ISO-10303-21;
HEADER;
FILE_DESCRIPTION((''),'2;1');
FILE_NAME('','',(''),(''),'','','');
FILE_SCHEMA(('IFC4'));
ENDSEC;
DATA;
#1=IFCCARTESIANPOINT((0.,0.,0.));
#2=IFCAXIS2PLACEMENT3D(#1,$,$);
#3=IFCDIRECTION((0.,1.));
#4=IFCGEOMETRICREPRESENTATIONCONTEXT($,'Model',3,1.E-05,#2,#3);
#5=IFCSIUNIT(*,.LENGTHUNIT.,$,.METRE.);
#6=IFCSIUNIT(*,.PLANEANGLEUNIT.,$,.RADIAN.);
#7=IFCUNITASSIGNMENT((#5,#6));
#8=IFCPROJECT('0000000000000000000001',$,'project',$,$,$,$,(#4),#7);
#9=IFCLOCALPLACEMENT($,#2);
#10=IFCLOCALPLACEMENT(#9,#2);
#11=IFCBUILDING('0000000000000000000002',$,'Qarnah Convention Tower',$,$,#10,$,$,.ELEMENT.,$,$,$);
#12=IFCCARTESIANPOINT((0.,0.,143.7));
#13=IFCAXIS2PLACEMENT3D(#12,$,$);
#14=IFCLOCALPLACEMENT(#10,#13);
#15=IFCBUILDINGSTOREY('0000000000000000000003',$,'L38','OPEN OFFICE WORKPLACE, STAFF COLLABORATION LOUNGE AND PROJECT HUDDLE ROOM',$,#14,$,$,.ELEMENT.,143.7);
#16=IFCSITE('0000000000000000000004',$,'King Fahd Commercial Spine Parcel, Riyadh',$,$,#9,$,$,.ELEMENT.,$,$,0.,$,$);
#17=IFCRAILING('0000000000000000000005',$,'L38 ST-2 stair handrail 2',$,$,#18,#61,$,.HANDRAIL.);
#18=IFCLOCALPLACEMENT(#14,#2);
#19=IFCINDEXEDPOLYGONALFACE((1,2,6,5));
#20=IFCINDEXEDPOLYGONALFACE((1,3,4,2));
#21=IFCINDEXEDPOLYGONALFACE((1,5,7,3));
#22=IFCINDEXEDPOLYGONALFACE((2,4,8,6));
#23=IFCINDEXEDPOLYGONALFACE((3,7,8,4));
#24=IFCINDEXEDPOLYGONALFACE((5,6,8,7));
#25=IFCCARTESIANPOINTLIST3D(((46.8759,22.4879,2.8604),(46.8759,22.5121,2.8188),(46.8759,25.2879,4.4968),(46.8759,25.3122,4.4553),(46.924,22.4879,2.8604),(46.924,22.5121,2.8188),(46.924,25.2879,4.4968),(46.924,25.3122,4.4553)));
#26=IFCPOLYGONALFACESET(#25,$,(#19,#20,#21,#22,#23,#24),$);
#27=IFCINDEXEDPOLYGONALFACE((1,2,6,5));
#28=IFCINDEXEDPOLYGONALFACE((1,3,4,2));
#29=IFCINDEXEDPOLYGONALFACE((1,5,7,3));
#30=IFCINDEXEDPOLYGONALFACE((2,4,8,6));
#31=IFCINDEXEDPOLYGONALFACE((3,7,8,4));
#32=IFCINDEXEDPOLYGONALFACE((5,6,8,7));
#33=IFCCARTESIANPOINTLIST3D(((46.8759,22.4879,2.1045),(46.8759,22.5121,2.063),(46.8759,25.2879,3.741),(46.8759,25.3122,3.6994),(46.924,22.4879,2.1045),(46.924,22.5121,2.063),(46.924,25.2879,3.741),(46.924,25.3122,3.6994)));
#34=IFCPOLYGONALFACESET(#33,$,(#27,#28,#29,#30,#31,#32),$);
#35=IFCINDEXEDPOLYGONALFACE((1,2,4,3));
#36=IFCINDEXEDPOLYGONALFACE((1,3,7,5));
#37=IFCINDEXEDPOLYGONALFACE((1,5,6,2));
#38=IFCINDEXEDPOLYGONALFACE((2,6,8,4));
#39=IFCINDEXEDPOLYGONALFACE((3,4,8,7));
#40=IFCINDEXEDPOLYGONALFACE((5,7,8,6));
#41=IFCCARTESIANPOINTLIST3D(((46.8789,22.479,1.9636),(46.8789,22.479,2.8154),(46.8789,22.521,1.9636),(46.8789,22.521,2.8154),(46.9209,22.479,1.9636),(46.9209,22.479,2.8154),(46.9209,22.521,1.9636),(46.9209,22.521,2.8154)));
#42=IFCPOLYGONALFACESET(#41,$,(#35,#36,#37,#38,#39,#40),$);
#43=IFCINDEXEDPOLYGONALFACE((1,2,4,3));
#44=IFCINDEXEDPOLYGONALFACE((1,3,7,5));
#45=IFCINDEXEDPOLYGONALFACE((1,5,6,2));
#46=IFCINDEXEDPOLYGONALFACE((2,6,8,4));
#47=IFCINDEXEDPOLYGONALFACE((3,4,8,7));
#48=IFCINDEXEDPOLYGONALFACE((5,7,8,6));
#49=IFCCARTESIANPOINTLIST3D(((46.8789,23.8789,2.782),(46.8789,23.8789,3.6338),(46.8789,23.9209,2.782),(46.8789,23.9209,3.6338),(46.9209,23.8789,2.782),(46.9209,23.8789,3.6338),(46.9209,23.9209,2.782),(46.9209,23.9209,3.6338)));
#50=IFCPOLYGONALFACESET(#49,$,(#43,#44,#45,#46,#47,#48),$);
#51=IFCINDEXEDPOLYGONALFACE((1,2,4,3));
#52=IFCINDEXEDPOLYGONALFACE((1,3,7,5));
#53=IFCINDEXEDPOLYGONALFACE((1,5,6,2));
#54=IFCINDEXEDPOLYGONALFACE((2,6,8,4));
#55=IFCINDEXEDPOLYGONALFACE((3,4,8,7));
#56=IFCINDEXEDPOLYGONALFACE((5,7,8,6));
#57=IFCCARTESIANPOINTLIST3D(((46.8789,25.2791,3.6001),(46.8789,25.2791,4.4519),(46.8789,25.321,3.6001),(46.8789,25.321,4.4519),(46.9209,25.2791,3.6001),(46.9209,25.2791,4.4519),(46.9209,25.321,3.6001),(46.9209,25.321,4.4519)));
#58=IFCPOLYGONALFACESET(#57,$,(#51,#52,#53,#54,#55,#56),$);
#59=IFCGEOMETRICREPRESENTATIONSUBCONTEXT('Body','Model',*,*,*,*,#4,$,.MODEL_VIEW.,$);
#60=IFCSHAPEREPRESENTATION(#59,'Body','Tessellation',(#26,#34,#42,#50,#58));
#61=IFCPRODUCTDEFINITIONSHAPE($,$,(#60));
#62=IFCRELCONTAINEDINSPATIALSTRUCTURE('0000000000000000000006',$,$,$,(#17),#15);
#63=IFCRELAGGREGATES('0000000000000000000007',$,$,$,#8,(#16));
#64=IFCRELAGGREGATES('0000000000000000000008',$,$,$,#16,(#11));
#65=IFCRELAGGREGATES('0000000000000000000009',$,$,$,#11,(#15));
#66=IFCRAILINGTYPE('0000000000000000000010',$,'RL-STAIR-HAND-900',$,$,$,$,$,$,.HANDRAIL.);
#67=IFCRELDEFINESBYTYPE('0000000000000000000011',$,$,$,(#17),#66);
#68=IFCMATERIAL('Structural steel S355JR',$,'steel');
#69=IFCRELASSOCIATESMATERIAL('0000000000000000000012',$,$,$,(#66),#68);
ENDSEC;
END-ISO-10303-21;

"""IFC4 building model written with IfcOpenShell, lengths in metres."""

from ifc_helpers import new_model, si_unit, direction, frame, origin, origin_2d, place, context, subcontext, project, spatial, rectangle, extrude, material, type_object, element, save


model = new_model("IFC4")

# Units and contexts
model_context = context("Model", 3, precision=1e-05, world=origin(), true_north=direction((0.0, 1.0)))
body_context = subcontext(model_context, "Body", "Model", "MODEL_VIEW")
ifc_project = project(units=[si_unit("LENGTHUNIT", "METRE"), si_unit("PLANEANGLEUNIT", "RADIAN")], contexts=[model_context])

# Site, building, storey
site_placement = place(None, origin())
site = spatial("IfcSite", under=ifc_project, at=site_placement, Name="King Fahd Commercial Spine Parcel, Riyadh", CompositionType="ELEMENT", RefElevation=0.0)
building_placement = place(site_placement, origin())
building = spatial("IfcBuilding", under=site, at=building_placement, Name="Qarnah Convention Tower", CompositionType="ELEMENT")
storey_placement = place(building_placement, frame((0.0, 0.0, 143.7)))
storey = spatial("IfcBuildingStorey", under=building, at=storey_placement, Name="L38", Description="OPEN OFFICE WORKPLACE, STAFF COLLABORATION LOUNGE AND PROJECT HUDDLE ROOM", CompositionType="ELEMENT", Elevation=143.7)

# Shared definitions
ifc_material_1 = material(Name="Structural steel S355JR", Category="steel")

# Railing
railing_type_1 = type_object("IfcRailingType", Name="RL-STAIR-HAND-900", PredefinedType="HANDRAIL", material=ifc_material_1)
railing_1_placement = place(storey_placement, frame((46.8999, 22.5, 1.9636)))
element("IfcRailing", 1, at=railing_1_placement, inside=storey, type_object=railing_type_1, Name="L38 ST-2 stair handrail 2", PredefinedType="HANDRAIL", context=body_context, shape_type="SweptSolid", body=[
    extrude(rectangle(XDim=0.0481, YDim=0.0481, at=origin_2d()), frame((0.0, 0.0, 0.876), z_axis=(0.0, 0.863361, 0.504587), x_axis=(-1.0, 0.0, 0.0)), (0.0, 0.0, 1.0), 3.2432),
    extrude(rectangle(XDim=0.0481, YDim=0.0481, at=origin_2d()), frame((0.0, 0.0, 0.1201), z_axis=(0.0, 0.863361, 0.504587), x_axis=(-1.0, 0.0, 0.0)), (0.0, 0.0, 1.0), 3.2432),
    extrude(rectangle(XDim=0.042, YDim=0.042, at=origin_2d()), origin(), (0.0, 0.0, 1.0), 0.8518),
    extrude(rectangle(XDim=0.042, YDim=0.042, at=origin_2d()), frame((0.0, 1.3999, 0.8184)), (0.0, 0.0, 1.0), 0.8518),
    extrude(rectangle(XDim=0.042, YDim=0.042, at=origin_2d()), frame((0.0, 2.8, 1.6365)), (0.0, 0.0, 1.0), 0.8518),
])

save(model, "model.ifc")
